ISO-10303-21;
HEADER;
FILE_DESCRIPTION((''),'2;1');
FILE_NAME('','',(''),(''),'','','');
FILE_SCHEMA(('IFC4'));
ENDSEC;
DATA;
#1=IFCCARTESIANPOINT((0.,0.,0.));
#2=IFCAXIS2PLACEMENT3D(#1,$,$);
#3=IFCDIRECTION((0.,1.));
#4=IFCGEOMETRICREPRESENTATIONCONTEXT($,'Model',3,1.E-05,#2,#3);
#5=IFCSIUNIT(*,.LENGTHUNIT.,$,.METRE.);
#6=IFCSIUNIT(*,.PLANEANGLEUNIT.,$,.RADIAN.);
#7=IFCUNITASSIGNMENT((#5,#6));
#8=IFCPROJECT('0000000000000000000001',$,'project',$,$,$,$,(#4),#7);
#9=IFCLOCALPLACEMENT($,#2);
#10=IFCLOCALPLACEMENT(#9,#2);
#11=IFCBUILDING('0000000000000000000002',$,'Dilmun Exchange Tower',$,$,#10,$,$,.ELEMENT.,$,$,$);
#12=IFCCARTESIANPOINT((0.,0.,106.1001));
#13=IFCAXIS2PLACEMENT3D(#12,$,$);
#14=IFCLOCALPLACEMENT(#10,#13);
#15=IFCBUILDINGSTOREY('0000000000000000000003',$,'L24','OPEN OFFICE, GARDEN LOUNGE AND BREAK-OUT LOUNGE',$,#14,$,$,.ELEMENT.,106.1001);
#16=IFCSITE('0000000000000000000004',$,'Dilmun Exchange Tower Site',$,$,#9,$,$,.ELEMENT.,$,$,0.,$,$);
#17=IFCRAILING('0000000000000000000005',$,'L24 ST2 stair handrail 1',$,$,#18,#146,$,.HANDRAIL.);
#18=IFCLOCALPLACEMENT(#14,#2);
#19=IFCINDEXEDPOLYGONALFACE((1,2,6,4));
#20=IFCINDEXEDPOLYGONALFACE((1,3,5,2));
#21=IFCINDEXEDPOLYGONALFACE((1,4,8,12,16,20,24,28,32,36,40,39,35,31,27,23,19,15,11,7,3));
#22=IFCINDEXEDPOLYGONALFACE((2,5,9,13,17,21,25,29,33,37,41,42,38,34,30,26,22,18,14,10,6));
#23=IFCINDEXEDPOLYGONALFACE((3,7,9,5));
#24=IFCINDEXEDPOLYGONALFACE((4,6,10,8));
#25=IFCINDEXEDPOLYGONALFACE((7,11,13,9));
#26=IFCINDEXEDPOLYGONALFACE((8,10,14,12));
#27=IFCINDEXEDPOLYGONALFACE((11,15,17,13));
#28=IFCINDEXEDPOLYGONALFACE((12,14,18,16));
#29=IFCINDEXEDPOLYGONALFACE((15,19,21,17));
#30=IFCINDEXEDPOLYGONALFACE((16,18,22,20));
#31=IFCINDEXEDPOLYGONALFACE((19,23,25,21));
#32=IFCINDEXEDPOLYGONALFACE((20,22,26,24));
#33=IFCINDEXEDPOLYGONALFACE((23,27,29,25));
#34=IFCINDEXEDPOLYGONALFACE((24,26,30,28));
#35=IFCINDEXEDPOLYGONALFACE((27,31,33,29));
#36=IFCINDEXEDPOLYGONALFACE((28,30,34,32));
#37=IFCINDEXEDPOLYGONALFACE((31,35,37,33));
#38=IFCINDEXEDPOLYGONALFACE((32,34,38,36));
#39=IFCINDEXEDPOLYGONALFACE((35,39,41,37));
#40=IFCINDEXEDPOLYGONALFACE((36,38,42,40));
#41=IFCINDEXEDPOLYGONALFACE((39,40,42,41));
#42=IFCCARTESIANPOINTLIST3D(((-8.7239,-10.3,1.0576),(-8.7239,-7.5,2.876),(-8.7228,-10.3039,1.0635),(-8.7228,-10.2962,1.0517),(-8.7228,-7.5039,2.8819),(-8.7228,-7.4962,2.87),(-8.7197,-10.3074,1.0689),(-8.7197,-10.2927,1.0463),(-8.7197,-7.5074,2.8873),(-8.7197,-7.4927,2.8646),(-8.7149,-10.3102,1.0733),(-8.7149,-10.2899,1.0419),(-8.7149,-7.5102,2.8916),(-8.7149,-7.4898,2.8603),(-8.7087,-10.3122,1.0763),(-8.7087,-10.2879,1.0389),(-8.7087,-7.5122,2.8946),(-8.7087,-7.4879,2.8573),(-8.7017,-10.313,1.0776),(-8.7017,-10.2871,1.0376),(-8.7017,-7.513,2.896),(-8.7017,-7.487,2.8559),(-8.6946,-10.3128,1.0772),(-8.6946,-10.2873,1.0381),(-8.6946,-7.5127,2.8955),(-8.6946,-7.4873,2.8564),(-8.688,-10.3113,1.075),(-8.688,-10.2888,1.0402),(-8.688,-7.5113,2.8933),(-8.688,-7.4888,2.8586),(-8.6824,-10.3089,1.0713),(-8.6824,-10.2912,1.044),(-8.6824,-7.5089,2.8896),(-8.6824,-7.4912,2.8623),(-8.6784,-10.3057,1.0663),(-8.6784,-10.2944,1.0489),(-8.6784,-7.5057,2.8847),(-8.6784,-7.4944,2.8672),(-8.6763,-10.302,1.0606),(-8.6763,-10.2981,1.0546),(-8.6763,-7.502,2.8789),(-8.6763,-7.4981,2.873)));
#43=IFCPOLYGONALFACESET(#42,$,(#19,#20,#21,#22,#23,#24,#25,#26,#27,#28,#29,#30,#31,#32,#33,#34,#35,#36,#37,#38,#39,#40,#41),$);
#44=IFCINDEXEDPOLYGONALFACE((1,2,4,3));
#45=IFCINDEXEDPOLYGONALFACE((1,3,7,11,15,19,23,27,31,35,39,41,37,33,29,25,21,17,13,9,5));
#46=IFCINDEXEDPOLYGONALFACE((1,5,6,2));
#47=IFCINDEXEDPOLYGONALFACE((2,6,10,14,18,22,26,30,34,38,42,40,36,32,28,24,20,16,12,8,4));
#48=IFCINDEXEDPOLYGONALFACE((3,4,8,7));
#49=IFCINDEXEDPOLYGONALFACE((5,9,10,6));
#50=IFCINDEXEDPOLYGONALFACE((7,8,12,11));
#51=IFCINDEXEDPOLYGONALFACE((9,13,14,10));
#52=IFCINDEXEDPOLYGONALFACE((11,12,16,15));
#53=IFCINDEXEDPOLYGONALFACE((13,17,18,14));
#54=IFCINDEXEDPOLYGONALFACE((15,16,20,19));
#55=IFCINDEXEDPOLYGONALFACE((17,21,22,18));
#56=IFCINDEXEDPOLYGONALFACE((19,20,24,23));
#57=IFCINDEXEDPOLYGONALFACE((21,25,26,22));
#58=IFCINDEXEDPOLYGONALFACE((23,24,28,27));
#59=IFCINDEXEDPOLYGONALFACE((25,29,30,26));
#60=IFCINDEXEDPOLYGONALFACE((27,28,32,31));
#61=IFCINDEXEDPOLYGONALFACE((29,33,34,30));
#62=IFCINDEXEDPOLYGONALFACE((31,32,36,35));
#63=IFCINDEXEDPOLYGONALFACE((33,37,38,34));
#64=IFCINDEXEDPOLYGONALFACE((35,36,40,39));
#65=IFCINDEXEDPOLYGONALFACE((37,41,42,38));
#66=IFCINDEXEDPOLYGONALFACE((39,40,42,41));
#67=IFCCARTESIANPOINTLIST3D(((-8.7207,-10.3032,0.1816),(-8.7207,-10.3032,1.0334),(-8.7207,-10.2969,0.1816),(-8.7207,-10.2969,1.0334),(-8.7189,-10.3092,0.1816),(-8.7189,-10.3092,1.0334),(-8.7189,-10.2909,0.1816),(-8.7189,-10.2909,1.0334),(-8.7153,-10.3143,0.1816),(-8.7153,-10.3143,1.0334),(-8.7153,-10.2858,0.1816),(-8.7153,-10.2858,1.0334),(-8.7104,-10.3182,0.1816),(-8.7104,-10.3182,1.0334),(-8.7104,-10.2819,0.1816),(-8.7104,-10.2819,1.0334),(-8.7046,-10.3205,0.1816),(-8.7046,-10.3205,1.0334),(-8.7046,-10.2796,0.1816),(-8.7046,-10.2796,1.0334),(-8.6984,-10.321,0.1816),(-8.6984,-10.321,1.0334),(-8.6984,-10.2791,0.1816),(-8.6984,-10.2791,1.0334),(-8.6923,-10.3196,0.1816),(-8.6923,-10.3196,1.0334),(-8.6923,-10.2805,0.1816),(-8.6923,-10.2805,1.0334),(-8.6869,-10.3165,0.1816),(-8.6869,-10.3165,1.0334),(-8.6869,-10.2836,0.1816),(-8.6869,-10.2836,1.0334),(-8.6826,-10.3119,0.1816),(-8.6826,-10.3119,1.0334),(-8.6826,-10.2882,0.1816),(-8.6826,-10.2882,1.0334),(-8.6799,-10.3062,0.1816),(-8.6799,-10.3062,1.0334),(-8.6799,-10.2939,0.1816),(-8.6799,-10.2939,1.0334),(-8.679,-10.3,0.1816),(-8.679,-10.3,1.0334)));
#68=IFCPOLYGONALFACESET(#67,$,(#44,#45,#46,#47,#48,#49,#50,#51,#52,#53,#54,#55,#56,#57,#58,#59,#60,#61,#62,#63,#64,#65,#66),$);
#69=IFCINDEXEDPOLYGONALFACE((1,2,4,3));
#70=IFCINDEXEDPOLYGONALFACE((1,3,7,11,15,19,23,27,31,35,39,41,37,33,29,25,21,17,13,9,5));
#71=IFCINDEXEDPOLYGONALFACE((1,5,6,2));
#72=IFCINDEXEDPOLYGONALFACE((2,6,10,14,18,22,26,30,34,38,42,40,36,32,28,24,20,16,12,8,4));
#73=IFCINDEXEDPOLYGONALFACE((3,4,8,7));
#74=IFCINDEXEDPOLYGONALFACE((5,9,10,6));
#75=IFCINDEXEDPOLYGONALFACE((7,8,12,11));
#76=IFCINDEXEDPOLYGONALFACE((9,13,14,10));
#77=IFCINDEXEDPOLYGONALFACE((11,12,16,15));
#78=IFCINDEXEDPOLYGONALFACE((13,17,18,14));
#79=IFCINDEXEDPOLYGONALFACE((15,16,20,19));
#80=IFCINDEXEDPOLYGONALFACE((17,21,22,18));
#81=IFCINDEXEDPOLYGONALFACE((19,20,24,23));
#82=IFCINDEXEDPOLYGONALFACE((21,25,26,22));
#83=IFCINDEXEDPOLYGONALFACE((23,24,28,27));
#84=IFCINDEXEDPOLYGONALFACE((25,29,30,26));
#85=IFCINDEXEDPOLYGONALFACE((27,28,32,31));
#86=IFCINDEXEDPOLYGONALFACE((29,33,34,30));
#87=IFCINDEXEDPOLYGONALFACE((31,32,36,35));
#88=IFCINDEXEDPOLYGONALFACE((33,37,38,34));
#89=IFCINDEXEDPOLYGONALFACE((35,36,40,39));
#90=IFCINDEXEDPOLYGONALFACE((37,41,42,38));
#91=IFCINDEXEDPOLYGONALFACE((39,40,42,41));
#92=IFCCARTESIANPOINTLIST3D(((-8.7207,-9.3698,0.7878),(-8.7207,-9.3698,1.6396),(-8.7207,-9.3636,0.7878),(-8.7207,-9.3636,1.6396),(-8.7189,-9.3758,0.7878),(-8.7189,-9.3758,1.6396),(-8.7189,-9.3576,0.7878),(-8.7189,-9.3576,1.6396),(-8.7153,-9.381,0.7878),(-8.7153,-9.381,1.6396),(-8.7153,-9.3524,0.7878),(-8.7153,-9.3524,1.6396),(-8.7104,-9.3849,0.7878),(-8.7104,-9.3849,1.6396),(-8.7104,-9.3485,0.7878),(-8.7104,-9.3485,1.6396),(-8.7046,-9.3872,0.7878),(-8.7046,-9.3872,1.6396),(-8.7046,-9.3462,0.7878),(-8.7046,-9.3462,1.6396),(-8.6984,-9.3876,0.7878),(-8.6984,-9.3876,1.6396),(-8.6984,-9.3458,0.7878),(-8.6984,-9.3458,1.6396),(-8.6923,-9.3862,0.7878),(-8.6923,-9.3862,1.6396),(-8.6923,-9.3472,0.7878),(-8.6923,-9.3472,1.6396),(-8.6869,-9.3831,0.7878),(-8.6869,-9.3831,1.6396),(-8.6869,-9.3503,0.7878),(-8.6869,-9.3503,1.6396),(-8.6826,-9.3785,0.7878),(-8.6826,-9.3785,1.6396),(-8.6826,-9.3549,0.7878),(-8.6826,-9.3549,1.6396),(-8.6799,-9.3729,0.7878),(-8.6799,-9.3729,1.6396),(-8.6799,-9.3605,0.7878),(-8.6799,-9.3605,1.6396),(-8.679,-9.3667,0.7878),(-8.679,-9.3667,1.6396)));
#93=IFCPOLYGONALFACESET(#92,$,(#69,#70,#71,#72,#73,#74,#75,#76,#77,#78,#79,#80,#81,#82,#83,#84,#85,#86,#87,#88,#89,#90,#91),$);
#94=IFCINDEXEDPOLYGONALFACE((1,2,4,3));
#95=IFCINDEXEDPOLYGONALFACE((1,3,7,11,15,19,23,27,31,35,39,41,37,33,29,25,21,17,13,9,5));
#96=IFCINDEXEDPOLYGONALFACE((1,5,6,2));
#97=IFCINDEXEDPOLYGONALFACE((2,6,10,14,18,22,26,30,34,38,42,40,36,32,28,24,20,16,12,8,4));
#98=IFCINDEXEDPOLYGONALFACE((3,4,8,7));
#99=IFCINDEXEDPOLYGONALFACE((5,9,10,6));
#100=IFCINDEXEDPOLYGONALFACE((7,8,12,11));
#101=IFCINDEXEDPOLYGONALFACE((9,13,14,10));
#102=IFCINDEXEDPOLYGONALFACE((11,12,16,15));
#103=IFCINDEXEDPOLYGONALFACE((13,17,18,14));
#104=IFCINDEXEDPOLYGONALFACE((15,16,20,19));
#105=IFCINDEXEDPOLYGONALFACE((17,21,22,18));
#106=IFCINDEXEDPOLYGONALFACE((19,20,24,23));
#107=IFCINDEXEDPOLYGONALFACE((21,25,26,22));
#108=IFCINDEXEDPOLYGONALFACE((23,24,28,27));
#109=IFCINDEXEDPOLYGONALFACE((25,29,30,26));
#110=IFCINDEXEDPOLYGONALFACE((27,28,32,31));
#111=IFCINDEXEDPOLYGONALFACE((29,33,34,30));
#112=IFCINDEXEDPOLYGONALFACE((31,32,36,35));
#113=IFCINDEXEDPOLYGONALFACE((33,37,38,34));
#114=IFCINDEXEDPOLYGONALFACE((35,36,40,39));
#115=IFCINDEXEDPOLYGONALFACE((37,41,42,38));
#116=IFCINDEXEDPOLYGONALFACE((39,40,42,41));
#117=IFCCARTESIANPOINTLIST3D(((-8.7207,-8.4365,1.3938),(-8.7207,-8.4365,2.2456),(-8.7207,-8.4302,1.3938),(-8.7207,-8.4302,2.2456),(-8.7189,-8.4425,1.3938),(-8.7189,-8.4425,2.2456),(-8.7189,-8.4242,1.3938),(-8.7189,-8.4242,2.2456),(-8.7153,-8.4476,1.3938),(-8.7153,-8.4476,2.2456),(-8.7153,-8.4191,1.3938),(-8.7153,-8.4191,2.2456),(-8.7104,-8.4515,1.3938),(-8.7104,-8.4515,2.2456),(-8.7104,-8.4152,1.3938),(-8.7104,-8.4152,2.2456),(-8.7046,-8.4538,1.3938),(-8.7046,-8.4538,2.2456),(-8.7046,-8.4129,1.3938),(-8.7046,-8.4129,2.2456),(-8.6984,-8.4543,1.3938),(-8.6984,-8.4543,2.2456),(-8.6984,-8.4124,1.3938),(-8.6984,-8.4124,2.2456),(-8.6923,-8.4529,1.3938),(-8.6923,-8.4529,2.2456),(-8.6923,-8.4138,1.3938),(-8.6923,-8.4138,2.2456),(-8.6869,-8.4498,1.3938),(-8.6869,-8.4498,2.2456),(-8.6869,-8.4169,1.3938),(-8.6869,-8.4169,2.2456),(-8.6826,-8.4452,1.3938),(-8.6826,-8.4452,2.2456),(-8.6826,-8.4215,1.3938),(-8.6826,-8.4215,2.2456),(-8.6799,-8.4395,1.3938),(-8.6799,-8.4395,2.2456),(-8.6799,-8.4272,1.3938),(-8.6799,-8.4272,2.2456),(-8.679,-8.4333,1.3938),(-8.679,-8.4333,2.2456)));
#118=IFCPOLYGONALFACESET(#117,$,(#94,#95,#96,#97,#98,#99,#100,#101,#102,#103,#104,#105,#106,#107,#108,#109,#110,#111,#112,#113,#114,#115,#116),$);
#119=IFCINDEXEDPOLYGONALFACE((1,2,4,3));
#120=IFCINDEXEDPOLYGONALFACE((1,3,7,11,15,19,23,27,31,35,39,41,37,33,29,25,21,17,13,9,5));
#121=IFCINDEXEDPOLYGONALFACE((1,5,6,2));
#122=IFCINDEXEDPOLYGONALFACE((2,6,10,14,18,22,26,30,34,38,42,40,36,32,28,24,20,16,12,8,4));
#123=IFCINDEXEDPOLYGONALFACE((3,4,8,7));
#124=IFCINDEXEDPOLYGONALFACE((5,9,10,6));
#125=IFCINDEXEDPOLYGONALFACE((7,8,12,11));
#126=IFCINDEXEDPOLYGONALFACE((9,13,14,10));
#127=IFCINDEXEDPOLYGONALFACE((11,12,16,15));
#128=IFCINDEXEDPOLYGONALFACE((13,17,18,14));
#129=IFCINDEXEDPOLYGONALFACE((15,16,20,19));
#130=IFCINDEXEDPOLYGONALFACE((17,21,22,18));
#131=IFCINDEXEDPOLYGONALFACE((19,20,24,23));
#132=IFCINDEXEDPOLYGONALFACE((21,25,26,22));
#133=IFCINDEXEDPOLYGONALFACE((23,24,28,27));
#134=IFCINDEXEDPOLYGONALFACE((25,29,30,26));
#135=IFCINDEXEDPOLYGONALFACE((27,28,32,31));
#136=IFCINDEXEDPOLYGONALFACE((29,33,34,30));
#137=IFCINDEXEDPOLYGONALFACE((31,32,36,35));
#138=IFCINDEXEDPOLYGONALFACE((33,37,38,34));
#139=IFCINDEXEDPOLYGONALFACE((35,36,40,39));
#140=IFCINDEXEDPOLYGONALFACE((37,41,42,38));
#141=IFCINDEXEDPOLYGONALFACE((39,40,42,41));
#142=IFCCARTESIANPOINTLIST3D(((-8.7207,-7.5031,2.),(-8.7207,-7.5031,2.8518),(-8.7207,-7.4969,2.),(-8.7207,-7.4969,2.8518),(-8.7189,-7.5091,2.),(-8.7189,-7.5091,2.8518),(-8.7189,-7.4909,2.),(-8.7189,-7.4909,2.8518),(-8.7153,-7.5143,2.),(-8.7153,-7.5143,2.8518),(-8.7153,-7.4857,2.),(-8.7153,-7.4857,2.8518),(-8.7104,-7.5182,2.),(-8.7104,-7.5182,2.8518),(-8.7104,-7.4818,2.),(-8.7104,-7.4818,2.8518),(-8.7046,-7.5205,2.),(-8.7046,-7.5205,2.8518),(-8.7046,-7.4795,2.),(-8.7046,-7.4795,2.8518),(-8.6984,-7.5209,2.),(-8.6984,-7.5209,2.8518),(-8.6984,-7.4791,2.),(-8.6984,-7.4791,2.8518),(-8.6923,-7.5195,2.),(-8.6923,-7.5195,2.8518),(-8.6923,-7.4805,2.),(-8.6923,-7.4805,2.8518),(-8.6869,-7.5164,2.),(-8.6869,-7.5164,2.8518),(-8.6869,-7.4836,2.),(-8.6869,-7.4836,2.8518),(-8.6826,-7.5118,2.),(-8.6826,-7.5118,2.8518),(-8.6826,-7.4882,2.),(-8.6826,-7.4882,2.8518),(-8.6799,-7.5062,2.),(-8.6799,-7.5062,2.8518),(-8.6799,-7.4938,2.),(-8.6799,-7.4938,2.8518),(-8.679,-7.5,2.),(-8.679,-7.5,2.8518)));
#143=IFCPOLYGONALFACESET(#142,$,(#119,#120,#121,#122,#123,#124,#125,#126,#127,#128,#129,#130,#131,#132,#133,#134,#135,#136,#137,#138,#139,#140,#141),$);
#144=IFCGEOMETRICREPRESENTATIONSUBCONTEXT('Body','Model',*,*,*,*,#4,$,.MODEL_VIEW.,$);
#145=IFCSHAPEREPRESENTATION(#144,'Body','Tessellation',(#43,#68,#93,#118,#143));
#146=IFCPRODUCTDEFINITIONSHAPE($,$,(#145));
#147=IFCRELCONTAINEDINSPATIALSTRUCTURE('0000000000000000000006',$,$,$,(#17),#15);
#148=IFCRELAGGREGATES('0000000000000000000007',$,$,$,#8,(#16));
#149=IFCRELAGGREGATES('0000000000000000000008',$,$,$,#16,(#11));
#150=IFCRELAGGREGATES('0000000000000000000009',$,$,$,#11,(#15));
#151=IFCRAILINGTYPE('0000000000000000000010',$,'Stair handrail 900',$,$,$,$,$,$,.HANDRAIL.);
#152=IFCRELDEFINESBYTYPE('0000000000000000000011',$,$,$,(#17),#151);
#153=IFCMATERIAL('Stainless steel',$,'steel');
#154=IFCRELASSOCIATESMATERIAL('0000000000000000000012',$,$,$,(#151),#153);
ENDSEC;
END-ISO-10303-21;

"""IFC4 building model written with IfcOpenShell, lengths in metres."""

from ifc_helpers import new_model, si_unit, direction, frame, origin, origin_2d, place, context, subcontext, project, spatial, circle, extrude, material, type_object, element, save


model = new_model("IFC4")

# Units and contexts
model_context = context("Model", 3, precision=1e-05, world=origin(), true_north=direction((0.0, 1.0)))
body_context = subcontext(model_context, "Body", "Model", "MODEL_VIEW")
ifc_project = project(units=[si_unit("LENGTHUNIT", "METRE"), si_unit("PLANEANGLEUNIT", "RADIAN")], contexts=[model_context])

# Site, building, storey
site_placement = place(None, origin())
site = spatial("IfcSite", under=ifc_project, at=site_placement, Name="Dilmun Exchange Tower Site", CompositionType="ELEMENT", RefElevation=0.0)
building_placement = place(site_placement, origin())
building = spatial("IfcBuilding", under=site, at=building_placement, Name="Dilmun Exchange Tower", CompositionType="ELEMENT")
storey_placement = place(building_placement, frame((0.0, 0.0, 106.1001)))
storey = spatial("IfcBuildingStorey", under=building, at=storey_placement, Name="L24", Description="OPEN OFFICE, GARDEN LOUNGE AND BREAK-OUT LOUNGE", CompositionType="ELEMENT", Elevation=106.1001)

# Railing
ifc_material_1 = material(Name="Stainless steel", Category="steel")
railing_type = type_object("IfcRailingType", Name="Stair handrail 900", PredefinedType="HANDRAIL", material=ifc_material_1)
railing_placement = place(storey_placement, frame((-8.7, -10.3, 0.1816)))
element("IfcRailing", 1, at=railing_placement, inside=storey, type_object=railing_type, Name="L24 ST2 stair handrail 1", PredefinedType="HANDRAIL", context=body_context, shape_type="SweptSolid", body=[
    extrude(circle(Radius=0.0239, at=origin_2d()), frame((0.0, 0.0, 0.876), z_axis=(0.0, 0.838672, 0.544636), x_axis=(-1.0, 0.0, 0.0)), (0.0, 0.0, 1.0), 3.3386),
    extrude(circle(Radius=0.021, at=origin_2d()), origin(), (0.0, 0.0, 1.0), 0.8518),
    extrude(circle(Radius=0.021, at=origin_2d()), frame((0.0, 0.9333, 0.6062)), (0.0, 0.0, 1.0), 0.8518),
    extrude(circle(Radius=0.021, at=origin_2d()), frame((0.0, 1.8667, 1.2122)), (0.0, 0.0, 1.0), 0.8518),
    extrude(circle(Radius=0.021, at=origin_2d()), frame((0.0, 2.8, 1.8184)), (0.0, 0.0, 1.0), 0.8518),
])

save(model, "model.ifc")
